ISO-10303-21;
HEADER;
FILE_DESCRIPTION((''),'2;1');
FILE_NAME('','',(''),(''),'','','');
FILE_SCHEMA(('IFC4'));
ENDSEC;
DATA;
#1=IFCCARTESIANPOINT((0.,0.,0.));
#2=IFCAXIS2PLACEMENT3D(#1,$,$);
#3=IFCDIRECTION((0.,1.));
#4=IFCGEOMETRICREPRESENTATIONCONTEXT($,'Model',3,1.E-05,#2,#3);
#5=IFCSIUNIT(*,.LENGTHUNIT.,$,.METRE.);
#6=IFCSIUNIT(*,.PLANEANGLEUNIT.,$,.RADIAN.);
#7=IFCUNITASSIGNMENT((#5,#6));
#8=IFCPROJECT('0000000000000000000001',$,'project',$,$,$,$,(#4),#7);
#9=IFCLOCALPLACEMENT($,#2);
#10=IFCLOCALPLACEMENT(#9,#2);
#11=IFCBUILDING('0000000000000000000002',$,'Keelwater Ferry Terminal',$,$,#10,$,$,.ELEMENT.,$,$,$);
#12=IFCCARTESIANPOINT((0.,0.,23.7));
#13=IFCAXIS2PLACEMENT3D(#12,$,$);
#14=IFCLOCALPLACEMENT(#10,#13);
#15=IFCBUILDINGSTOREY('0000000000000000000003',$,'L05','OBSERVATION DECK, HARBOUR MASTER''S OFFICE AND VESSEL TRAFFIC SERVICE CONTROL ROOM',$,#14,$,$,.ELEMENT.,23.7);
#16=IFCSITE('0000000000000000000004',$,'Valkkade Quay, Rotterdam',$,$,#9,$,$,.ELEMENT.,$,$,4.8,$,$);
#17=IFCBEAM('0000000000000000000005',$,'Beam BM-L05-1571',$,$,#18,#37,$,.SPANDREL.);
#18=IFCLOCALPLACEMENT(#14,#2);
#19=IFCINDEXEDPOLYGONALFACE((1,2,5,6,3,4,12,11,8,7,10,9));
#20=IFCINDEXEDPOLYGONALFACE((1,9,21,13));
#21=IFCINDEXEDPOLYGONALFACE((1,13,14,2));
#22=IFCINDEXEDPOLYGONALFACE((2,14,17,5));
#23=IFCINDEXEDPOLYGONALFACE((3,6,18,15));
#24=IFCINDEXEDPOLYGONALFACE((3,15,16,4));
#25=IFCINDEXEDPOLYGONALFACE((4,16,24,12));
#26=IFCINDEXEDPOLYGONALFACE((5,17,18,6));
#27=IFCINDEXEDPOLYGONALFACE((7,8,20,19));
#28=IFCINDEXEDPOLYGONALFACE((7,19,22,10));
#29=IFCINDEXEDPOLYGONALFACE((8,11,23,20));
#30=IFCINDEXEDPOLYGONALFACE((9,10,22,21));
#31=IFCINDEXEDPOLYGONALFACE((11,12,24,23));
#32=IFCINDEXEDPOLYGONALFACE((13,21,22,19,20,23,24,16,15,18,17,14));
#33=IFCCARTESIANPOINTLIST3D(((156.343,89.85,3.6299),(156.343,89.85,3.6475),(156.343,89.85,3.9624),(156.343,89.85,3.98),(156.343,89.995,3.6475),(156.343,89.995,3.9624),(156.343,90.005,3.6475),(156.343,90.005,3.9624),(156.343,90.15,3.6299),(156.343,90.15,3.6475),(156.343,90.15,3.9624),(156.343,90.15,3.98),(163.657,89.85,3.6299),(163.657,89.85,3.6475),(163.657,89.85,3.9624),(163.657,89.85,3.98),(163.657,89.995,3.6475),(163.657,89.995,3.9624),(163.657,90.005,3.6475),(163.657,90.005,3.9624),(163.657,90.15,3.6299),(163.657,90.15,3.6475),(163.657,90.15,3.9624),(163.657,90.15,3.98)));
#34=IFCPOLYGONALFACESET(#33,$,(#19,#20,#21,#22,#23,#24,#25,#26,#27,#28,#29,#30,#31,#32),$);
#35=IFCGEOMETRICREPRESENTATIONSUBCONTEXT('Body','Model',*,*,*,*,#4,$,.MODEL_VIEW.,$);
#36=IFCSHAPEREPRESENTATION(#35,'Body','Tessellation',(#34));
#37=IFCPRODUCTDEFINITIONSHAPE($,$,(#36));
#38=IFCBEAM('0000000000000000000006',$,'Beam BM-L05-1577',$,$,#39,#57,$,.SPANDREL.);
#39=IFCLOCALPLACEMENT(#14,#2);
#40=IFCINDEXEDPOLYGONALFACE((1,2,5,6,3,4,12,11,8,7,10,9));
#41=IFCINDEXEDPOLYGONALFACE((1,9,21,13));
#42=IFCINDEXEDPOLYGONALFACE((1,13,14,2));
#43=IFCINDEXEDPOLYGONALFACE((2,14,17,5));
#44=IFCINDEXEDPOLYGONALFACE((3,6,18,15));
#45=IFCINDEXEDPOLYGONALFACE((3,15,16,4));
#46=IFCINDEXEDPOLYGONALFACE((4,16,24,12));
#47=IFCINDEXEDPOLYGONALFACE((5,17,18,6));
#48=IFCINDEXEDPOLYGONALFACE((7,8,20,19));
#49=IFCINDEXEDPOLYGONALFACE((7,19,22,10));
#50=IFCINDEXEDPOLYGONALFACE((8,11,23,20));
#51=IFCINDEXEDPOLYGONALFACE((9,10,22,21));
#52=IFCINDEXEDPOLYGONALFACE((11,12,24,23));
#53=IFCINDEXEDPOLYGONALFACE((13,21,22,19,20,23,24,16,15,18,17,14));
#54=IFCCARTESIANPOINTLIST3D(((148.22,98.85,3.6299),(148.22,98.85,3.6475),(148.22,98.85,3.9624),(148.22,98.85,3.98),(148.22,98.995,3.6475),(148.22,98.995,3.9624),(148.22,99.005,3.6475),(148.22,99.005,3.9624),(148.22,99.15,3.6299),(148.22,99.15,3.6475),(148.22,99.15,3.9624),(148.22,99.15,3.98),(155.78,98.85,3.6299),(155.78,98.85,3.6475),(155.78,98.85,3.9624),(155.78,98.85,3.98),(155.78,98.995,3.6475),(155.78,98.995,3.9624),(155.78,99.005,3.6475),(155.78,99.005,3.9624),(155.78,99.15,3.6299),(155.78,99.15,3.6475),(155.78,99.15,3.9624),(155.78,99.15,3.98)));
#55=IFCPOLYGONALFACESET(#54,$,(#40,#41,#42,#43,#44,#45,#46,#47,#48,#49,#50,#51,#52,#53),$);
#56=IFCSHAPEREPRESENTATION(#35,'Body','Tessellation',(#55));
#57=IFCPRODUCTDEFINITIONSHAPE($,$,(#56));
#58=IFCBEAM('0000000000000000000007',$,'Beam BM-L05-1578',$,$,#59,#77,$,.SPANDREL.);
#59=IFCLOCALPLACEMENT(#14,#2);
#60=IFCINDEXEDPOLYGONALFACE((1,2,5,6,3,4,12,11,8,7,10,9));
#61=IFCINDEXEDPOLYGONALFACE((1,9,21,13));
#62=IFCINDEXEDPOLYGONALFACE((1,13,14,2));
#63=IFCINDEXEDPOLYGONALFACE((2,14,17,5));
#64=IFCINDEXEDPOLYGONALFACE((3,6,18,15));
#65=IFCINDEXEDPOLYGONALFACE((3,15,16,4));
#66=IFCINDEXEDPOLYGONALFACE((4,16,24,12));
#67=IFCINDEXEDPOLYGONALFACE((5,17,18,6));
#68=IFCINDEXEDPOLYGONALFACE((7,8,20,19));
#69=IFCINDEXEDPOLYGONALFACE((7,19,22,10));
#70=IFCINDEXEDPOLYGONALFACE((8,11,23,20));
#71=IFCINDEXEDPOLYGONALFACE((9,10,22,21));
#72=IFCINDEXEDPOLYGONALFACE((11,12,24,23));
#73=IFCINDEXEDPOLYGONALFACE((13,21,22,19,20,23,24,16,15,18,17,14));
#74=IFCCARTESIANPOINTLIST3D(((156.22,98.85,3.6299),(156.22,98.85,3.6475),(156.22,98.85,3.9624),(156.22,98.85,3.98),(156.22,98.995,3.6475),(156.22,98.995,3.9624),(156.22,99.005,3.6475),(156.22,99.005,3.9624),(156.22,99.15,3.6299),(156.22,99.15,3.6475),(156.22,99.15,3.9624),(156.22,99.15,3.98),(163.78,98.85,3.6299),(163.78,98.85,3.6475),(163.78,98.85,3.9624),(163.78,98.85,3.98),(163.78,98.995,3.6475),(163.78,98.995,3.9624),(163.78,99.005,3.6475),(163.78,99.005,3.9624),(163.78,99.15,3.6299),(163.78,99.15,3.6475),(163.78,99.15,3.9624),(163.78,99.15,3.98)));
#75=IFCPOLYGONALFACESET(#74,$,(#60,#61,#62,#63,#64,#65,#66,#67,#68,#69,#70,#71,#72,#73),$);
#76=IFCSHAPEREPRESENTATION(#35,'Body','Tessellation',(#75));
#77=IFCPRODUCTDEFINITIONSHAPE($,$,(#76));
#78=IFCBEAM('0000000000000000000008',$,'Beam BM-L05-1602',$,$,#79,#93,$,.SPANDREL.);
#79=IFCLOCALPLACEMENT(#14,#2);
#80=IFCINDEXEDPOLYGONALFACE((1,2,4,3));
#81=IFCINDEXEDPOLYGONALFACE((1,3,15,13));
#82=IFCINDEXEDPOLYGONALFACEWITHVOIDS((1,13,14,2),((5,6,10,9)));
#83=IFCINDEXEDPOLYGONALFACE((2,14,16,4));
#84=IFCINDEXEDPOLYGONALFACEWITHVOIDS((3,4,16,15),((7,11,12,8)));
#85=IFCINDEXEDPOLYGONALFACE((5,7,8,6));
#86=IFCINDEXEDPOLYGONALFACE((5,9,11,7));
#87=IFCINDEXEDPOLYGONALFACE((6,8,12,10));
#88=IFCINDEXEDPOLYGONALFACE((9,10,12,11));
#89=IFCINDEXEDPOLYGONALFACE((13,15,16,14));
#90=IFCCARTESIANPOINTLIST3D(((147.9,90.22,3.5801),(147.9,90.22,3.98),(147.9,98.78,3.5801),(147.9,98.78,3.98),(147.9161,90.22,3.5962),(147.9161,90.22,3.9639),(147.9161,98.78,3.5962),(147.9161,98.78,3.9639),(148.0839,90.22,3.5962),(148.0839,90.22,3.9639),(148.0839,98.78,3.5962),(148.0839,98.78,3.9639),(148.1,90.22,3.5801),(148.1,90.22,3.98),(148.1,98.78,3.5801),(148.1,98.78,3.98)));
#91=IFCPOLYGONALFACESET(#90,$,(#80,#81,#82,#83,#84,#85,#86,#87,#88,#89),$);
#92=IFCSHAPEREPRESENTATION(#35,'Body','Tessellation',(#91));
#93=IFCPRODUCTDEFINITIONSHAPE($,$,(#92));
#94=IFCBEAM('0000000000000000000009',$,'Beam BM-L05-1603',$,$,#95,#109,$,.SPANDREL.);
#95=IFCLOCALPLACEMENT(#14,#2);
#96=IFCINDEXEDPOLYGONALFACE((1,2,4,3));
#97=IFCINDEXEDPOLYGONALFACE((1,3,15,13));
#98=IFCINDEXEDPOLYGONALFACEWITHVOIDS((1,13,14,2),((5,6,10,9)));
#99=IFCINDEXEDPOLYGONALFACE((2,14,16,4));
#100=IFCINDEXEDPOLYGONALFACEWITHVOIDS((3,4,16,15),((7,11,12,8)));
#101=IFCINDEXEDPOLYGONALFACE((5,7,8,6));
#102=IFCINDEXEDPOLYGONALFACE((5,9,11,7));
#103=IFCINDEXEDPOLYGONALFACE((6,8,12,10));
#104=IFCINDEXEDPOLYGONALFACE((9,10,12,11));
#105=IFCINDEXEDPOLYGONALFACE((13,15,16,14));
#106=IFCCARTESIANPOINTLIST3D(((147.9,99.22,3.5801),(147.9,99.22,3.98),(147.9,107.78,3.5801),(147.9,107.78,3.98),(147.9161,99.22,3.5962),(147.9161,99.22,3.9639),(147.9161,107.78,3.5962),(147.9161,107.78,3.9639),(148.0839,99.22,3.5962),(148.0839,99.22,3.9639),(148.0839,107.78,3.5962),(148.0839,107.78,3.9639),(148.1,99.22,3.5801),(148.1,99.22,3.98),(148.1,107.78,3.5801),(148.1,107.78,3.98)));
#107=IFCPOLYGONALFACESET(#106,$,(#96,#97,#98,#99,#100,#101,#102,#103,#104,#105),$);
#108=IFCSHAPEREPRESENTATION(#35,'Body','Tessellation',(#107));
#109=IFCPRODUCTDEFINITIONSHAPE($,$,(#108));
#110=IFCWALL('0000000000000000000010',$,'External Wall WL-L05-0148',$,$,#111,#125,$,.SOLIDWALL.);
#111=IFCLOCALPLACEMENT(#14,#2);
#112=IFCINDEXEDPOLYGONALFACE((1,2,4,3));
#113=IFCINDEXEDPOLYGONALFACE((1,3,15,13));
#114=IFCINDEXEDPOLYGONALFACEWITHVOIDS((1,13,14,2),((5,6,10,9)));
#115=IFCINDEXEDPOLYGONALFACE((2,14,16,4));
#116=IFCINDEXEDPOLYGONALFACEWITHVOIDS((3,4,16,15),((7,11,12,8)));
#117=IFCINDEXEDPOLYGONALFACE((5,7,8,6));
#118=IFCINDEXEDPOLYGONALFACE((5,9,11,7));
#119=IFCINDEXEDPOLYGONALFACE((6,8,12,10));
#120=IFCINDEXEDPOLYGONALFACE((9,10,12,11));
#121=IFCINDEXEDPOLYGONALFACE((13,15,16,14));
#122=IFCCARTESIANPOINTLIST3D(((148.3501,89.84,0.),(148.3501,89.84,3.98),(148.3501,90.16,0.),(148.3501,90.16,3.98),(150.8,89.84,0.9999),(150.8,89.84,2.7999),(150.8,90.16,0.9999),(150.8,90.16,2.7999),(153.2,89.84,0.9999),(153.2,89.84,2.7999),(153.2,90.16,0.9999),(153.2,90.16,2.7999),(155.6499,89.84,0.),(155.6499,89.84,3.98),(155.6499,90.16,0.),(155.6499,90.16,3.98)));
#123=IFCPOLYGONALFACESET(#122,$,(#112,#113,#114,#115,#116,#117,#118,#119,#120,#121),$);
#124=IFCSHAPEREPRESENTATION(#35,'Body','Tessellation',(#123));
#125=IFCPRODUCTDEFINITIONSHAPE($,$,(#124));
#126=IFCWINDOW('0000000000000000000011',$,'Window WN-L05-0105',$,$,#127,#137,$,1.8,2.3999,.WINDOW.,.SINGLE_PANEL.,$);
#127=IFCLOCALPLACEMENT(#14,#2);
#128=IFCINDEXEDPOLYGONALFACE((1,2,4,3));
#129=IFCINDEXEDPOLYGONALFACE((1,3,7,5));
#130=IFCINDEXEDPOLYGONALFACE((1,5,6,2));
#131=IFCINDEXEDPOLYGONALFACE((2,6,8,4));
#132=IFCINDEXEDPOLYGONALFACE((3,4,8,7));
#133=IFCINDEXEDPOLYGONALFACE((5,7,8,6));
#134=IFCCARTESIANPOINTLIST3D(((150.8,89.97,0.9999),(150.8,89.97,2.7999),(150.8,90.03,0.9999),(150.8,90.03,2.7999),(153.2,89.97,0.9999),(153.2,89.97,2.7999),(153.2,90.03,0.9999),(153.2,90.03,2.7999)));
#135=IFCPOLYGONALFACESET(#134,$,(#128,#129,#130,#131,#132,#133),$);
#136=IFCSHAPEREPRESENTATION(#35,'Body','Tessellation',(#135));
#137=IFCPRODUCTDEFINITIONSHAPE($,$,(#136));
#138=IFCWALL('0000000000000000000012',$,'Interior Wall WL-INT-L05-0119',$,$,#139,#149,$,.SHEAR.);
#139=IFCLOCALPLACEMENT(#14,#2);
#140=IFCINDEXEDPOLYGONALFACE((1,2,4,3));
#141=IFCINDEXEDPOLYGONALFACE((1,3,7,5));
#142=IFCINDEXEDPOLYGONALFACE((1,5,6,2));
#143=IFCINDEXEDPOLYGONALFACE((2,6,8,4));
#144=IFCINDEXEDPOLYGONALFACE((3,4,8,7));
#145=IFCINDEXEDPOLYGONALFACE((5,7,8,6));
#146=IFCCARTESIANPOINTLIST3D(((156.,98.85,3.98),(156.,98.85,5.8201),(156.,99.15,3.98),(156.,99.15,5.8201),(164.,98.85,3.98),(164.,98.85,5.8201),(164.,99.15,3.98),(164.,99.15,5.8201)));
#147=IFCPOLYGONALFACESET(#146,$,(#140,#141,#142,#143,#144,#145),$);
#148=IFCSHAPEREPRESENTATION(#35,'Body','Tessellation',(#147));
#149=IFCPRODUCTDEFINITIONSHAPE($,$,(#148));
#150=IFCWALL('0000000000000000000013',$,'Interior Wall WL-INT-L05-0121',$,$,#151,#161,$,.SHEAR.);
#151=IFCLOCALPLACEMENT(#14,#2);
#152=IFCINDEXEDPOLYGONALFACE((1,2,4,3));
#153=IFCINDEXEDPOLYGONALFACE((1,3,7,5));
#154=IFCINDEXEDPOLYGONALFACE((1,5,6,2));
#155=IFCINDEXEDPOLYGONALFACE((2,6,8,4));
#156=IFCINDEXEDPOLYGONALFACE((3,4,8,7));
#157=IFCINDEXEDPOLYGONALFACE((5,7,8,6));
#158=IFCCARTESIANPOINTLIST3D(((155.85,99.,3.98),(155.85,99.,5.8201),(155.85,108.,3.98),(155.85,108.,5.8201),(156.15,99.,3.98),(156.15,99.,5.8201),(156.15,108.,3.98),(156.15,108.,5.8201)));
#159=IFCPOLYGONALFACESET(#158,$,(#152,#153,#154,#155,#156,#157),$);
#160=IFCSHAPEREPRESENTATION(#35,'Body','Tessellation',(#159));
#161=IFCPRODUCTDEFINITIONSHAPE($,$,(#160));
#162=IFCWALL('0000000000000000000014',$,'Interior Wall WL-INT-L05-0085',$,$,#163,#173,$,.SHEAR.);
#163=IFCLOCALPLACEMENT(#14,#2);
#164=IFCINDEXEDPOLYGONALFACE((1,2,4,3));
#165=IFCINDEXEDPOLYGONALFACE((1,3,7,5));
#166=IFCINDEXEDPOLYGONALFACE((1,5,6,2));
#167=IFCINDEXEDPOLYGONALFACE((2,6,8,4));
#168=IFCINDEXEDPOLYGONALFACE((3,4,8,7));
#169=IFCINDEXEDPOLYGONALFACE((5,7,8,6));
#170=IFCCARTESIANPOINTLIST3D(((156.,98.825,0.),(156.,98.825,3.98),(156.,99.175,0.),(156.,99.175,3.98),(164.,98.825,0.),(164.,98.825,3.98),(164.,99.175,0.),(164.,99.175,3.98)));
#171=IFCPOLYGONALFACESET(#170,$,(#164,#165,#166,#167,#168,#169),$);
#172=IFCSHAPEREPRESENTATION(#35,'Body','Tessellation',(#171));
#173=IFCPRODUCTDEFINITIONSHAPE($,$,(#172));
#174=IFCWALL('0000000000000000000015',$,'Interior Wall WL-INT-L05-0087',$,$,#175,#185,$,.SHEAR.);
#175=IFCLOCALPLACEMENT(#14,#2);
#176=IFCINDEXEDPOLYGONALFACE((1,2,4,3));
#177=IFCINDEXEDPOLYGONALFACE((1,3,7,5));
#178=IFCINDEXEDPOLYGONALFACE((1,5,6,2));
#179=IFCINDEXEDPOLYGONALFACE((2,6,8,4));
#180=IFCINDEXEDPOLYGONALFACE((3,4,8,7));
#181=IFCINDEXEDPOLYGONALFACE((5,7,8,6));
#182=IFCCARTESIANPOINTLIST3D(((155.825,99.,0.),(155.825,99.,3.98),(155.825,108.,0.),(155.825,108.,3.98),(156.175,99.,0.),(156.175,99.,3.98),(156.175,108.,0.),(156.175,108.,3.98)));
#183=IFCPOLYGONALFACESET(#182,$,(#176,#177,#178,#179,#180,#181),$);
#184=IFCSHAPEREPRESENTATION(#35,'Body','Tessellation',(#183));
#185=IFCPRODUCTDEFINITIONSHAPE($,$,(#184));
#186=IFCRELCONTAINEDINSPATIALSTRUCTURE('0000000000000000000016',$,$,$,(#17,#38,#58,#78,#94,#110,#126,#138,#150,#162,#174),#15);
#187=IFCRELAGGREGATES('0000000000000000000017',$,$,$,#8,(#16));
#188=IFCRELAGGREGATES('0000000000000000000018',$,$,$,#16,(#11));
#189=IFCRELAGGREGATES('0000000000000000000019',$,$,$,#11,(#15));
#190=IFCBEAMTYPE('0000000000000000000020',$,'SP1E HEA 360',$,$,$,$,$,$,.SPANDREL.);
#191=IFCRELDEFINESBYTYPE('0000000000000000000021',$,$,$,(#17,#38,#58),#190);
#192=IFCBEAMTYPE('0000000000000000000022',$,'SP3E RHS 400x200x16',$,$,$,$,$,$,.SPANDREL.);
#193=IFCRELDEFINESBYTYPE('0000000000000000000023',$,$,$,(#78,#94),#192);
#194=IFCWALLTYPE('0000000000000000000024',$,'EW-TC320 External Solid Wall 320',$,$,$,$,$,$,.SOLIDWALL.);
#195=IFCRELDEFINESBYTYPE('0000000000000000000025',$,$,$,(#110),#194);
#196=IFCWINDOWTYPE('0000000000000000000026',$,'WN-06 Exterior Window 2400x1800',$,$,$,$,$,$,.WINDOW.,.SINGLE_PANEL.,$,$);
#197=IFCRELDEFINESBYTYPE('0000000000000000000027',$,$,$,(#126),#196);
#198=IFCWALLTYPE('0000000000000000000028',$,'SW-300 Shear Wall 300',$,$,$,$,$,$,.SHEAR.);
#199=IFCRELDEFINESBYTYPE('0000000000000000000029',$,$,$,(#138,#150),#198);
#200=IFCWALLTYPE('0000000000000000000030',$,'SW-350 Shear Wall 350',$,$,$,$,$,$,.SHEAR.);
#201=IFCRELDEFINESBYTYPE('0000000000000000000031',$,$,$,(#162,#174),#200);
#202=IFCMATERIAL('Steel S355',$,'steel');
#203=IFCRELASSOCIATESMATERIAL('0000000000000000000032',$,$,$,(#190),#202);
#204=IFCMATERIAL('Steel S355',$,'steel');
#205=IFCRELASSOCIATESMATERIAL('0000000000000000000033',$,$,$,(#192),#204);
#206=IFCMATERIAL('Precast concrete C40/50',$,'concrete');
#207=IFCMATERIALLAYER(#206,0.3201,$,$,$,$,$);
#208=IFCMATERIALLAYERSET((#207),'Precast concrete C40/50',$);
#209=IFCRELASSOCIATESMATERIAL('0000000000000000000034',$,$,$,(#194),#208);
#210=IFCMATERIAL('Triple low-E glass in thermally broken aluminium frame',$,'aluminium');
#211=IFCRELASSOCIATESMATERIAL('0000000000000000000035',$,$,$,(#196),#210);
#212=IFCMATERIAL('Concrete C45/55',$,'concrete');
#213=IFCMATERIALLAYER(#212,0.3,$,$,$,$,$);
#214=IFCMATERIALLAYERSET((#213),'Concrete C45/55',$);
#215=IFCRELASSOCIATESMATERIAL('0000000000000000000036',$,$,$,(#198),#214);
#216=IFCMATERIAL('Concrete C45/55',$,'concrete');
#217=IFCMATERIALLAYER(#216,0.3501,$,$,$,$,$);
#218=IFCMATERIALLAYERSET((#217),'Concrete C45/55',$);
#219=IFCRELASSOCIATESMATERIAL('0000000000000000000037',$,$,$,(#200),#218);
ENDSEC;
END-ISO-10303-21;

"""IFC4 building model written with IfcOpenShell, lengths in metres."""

from ifc_helpers import new_model, si_unit, direction, frame, frame_2d, origin, origin_2d, place, context, subcontext, project, spatial, rectangle, hollow_rectangle, i_section, extrude, material, layer, layer_set, material_profile, profile_set, type_object, element, fill, save


model = new_model("IFC4")

# Units and contexts
model_context = context("Model", 3, precision=1e-05, world=origin(), true_north=direction((0.0, 1.0)))
body_context = subcontext(model_context, "Body", "Model", "MODEL_VIEW")
ifc_project = project(units=[si_unit("LENGTHUNIT", "METRE"), si_unit("PLANEANGLEUNIT", "RADIAN")], contexts=[model_context])

# Site, building, storey
site_placement = place(None, origin())
site = spatial("IfcSite", under=ifc_project, at=site_placement, Name="Valkkade Quay, Rotterdam", CompositionType="ELEMENT", RefElevation=4.8)
building_placement = place(site_placement, origin())
building = spatial("IfcBuilding", under=site, at=building_placement, Name="Keelwater Ferry Terminal", CompositionType="ELEMENT")
storey_placement = place(building_placement, frame((0.0, 0.0, 23.7)))
storey = spatial("IfcBuildingStorey", under=building, at=storey_placement, Name="L05", Description="OBSERVATION DECK, HARBOUR MASTER'S OFFICE AND VESSEL TRAFFIC SERVICE CONTROL ROOM", CompositionType="ELEMENT", Elevation=23.7)

# Beams
ifc_material_1 = material(Name="Steel S355", Category="steel")
ifc_material_profile_1 = material_profile(ifc_material_1, i_section(OverallWidth=0.3, OverallDepth=0.3501, WebThickness=0.01, FlangeThickness=0.0176, at=origin_2d()), Name="HEA 360")
ifc_profile_set_1 = profile_set([ifc_material_profile_1], Name="Steel S355")
beam_type_1 = type_object("IfcBeamType", Name="SP1E HEA 360", PredefinedType="SPANDREL", material=ifc_profile_set_1)
for number, where, z_axis, x_axis, name in (
    (1, (156.343, 90.0, 3.8049), (1.0, 0.0, 0.0), (0.0, 1.0, 0.0), "Beam BM-L05-1571"),
):
    element("IfcBeam", number, at=place(storey_placement, frame(where, z_axis=z_axis, x_axis=x_axis)), inside=storey, type_object=beam_type_1, Name=name, PredefinedType="SPANDREL", context=body_context, shape_type="SweptSolid", body=[
        extrude(i_section(OverallWidth=0.3, OverallDepth=0.3501, WebThickness=0.01, FlangeThickness=0.0176, at=origin_2d()), origin(), (0.0, 0.0, 1.0), 7.314),
    ])
for number, where, z_axis, x_axis, name in (
    (2, (148.22, 99.0, 3.8049), (1.0, 0.0, 0.0), (0.0, 1.0, 0.0), "Beam BM-L05-1577"),
    (3, (156.22, 99.0, 3.8049), (1.0, 0.0, 0.0), (0.0, 1.0, 0.0), "Beam BM-L05-1578"),
):
    element("IfcBeam", number, at=place(storey_placement, frame(where, z_axis=z_axis, x_axis=x_axis)), inside=storey, type_object=beam_type_1, Name=name, PredefinedType="SPANDREL", context=body_context, shape_type="SweptSolid", body=[
        extrude(i_section(OverallWidth=0.3, OverallDepth=0.3501, WebThickness=0.01, FlangeThickness=0.0176, at=origin_2d()), origin(), (0.0, 0.0, 1.0), 7.5601),
    ])
ifc_material_2 = material(Name="Steel S355", Category="steel")
ifc_material_profile_2 = material_profile(ifc_material_2, hollow_rectangle(XDim=0.2, YDim=0.3999, WallThickness=0.0161, at=origin_2d()), Name="RHS 400x200x16")
ifc_profile_set_2 = profile_set([ifc_material_profile_2], Name="Steel S355")
beam_type_2 = type_object("IfcBeamType", Name="SP3E RHS 400x200x16", PredefinedType="SPANDREL", material=ifc_profile_set_2)
for number, where, z_axis, x_axis, name in (
    (4, (148.0, 90.22, 3.78), (0.0, 1.0, 0.0), (-1.0, 0.0, 0.0), "Beam BM-L05-1602"),
    (5, (148.0, 99.22, 3.78), (0.0, 1.0, 0.0), (-1.0, 0.0, 0.0), "Beam BM-L05-1603"),
):
    element("IfcBeam", number, at=place(storey_placement, frame(where, z_axis=z_axis, x_axis=x_axis)), inside=storey, type_object=beam_type_2, Name=name, PredefinedType="SPANDREL", context=body_context, shape_type="SweptSolid", body=[
        extrude(hollow_rectangle(XDim=0.2, YDim=0.3999, WallThickness=0.0161, at=origin_2d()), origin(), (0.0, 0.0, 1.0), 8.5601),
    ])

# Wall, opening, window
ifc_material_3 = material(Name="Precast concrete C40/50", Category="concrete")
ifc_layer_1 = layer(ifc_material_3, 0.3201)
ifc_layer_set_1 = layer_set([ifc_layer_1], Name="Precast concrete C40/50")
wall_type_1 = type_object("IfcWallType", Name="EW-TC320 External Solid Wall 320", PredefinedType="SOLIDWALL", material=ifc_layer_set_1)
wall_1_placement = place(storey_placement, frame((155.6499, 90.0, 0.0), z_axis=(0.0, 0.0, 1.0), x_axis=(-1.0, 0.0, 0.0)))
wall_1 = element("IfcWall", 6, at=wall_1_placement, inside=storey, type_object=wall_type_1, Name="External Wall WL-L05-0148", PredefinedType="SOLIDWALL", context=body_context, shape_type="SweptSolid", body=[
    extrude(rectangle(XDim=7.2998, YDim=0.3201, at=frame_2d((3.6499, 0.0))), origin(), (0.0, 0.0, 1.0), 3.98),
])
opening_placement = place(wall_1_placement, frame((2.45, 0.0, 1.0)))
opening = element("IfcOpeningElement", 7, at=opening_placement, cuts=wall_1, PredefinedType="OPENING", context=body_context, shape_type="SweptSolid", body=[
    extrude(rectangle(XDim=2.3999, YDim=1.8, at=frame_2d((1.2, 0.8999))), frame((0.0, 0.1702, 0.0), z_axis=(0.0, -1.0, 0.0), x_axis=(1.0, 0.0, 0.0)), (0.0, 0.0, 1.0), 0.3401),
])
ifc_material_4 = material(Name="Triple low-E glass in thermally broken aluminium frame", Category="aluminium")
window_type = type_object("IfcWindowType", Name="WN-06 Exterior Window 2400x1800", PartitioningType="SINGLE_PANEL", PredefinedType="WINDOW", material=ifc_material_4)
window_placement = place(opening_placement, origin())
window = element("IfcWindow", 8, at=window_placement, inside=storey, type_object=window_type, Name="Window WN-L05-0105", OverallHeight=1.8, OverallWidth=2.3999, PartitioningType="SINGLE_PANEL", PredefinedType="WINDOW", context=body_context, shape_type="SweptSolid", body=[
    extrude(rectangle(XDim=2.3999, YDim=1.8, at=frame_2d((1.2, 0.8999))), frame((0.0, 0.03, 0.0), z_axis=(0.0, -1.0, 0.0), x_axis=(1.0, 0.0, 0.0)), (0.0, 0.0, 1.0), 0.0601),
])
fill(opening, window)

# Walls
ifc_material_5 = material(Name="Concrete C45/55", Category="concrete")
ifc_layer_2 = layer(ifc_material_5, 0.3)
ifc_layer_set_2 = layer_set([ifc_layer_2], Name="Concrete C45/55")
wall_type_2 = type_object("IfcWallType", Name="SW-300 Shear Wall 300", PredefinedType="SHEAR", material=ifc_layer_set_2)
wall_2_placement = place(storey_placement, frame((156.0, 99.0, 3.98), z_axis=(0.0, 0.0, 1.0), x_axis=(1.0, 0.0, 0.0)))
element("IfcWall", 9, at=wall_2_placement, inside=storey, type_object=wall_type_2, Name="Interior Wall WL-INT-L05-0119", PredefinedType="SHEAR", context=body_context, shape_type="SweptSolid", body=[
    extrude(rectangle(XDim=8.0, YDim=0.3, at=frame_2d((4.0, 0.0))), origin(), (0.0, 0.0, 1.0), 1.8401),
])
wall_3_placement = place(storey_placement, frame((156.0, 99.0, 3.98), z_axis=(0.0, 0.0, 1.0), x_axis=(0.0, 1.0, 0.0)))
element("IfcWall", 10, at=wall_3_placement, inside=storey, type_object=wall_type_2, Name="Interior Wall WL-INT-L05-0121", PredefinedType="SHEAR", context=body_context, shape_type="SweptSolid", body=[
    extrude(rectangle(XDim=9.0, YDim=0.3, at=frame_2d((4.5, 0.0))), origin(), (0.0, 0.0, 1.0), 1.8401),
])
ifc_material_6 = material(Name="Concrete C45/55", Category="concrete")
ifc_layer_3 = layer(ifc_material_6, 0.3501)
ifc_layer_set_3 = layer_set([ifc_layer_3], Name="Concrete C45/55")
wall_type_3 = type_object("IfcWallType", Name="SW-350 Shear Wall 350", PredefinedType="SHEAR", material=ifc_layer_set_3)
wall_4_placement = place(storey_placement, frame((156.0, 99.0, 0.0), z_axis=(0.0, 0.0, 1.0), x_axis=(1.0, 0.0, 0.0)))
element("IfcWall", 11, at=wall_4_placement, inside=storey, type_object=wall_type_3, Name="Interior Wall WL-INT-L05-0085", PredefinedType="SHEAR", context=body_context, shape_type="SweptSolid", body=[
    extrude(rectangle(XDim=8.0, YDim=0.3501, at=frame_2d((4.0, 0.0))), origin(), (0.0, 0.0, 1.0), 3.98),
])
wall_5_placement = place(storey_placement, frame((156.0, 99.0, 0.0), z_axis=(0.0, 0.0, 1.0), x_axis=(0.0, 1.0, 0.0)))
element("IfcWall", 12, at=wall_5_placement, inside=storey, type_object=wall_type_3, Name="Interior Wall WL-INT-L05-0087", PredefinedType="SHEAR", context=body_context, shape_type="SweptSolid", body=[
    extrude(rectangle(XDim=9.0, YDim=0.3501, at=frame_2d((4.5, 0.0))), origin(), (0.0, 0.0, 1.0), 3.98),
])

save(model, "model.ifc")
